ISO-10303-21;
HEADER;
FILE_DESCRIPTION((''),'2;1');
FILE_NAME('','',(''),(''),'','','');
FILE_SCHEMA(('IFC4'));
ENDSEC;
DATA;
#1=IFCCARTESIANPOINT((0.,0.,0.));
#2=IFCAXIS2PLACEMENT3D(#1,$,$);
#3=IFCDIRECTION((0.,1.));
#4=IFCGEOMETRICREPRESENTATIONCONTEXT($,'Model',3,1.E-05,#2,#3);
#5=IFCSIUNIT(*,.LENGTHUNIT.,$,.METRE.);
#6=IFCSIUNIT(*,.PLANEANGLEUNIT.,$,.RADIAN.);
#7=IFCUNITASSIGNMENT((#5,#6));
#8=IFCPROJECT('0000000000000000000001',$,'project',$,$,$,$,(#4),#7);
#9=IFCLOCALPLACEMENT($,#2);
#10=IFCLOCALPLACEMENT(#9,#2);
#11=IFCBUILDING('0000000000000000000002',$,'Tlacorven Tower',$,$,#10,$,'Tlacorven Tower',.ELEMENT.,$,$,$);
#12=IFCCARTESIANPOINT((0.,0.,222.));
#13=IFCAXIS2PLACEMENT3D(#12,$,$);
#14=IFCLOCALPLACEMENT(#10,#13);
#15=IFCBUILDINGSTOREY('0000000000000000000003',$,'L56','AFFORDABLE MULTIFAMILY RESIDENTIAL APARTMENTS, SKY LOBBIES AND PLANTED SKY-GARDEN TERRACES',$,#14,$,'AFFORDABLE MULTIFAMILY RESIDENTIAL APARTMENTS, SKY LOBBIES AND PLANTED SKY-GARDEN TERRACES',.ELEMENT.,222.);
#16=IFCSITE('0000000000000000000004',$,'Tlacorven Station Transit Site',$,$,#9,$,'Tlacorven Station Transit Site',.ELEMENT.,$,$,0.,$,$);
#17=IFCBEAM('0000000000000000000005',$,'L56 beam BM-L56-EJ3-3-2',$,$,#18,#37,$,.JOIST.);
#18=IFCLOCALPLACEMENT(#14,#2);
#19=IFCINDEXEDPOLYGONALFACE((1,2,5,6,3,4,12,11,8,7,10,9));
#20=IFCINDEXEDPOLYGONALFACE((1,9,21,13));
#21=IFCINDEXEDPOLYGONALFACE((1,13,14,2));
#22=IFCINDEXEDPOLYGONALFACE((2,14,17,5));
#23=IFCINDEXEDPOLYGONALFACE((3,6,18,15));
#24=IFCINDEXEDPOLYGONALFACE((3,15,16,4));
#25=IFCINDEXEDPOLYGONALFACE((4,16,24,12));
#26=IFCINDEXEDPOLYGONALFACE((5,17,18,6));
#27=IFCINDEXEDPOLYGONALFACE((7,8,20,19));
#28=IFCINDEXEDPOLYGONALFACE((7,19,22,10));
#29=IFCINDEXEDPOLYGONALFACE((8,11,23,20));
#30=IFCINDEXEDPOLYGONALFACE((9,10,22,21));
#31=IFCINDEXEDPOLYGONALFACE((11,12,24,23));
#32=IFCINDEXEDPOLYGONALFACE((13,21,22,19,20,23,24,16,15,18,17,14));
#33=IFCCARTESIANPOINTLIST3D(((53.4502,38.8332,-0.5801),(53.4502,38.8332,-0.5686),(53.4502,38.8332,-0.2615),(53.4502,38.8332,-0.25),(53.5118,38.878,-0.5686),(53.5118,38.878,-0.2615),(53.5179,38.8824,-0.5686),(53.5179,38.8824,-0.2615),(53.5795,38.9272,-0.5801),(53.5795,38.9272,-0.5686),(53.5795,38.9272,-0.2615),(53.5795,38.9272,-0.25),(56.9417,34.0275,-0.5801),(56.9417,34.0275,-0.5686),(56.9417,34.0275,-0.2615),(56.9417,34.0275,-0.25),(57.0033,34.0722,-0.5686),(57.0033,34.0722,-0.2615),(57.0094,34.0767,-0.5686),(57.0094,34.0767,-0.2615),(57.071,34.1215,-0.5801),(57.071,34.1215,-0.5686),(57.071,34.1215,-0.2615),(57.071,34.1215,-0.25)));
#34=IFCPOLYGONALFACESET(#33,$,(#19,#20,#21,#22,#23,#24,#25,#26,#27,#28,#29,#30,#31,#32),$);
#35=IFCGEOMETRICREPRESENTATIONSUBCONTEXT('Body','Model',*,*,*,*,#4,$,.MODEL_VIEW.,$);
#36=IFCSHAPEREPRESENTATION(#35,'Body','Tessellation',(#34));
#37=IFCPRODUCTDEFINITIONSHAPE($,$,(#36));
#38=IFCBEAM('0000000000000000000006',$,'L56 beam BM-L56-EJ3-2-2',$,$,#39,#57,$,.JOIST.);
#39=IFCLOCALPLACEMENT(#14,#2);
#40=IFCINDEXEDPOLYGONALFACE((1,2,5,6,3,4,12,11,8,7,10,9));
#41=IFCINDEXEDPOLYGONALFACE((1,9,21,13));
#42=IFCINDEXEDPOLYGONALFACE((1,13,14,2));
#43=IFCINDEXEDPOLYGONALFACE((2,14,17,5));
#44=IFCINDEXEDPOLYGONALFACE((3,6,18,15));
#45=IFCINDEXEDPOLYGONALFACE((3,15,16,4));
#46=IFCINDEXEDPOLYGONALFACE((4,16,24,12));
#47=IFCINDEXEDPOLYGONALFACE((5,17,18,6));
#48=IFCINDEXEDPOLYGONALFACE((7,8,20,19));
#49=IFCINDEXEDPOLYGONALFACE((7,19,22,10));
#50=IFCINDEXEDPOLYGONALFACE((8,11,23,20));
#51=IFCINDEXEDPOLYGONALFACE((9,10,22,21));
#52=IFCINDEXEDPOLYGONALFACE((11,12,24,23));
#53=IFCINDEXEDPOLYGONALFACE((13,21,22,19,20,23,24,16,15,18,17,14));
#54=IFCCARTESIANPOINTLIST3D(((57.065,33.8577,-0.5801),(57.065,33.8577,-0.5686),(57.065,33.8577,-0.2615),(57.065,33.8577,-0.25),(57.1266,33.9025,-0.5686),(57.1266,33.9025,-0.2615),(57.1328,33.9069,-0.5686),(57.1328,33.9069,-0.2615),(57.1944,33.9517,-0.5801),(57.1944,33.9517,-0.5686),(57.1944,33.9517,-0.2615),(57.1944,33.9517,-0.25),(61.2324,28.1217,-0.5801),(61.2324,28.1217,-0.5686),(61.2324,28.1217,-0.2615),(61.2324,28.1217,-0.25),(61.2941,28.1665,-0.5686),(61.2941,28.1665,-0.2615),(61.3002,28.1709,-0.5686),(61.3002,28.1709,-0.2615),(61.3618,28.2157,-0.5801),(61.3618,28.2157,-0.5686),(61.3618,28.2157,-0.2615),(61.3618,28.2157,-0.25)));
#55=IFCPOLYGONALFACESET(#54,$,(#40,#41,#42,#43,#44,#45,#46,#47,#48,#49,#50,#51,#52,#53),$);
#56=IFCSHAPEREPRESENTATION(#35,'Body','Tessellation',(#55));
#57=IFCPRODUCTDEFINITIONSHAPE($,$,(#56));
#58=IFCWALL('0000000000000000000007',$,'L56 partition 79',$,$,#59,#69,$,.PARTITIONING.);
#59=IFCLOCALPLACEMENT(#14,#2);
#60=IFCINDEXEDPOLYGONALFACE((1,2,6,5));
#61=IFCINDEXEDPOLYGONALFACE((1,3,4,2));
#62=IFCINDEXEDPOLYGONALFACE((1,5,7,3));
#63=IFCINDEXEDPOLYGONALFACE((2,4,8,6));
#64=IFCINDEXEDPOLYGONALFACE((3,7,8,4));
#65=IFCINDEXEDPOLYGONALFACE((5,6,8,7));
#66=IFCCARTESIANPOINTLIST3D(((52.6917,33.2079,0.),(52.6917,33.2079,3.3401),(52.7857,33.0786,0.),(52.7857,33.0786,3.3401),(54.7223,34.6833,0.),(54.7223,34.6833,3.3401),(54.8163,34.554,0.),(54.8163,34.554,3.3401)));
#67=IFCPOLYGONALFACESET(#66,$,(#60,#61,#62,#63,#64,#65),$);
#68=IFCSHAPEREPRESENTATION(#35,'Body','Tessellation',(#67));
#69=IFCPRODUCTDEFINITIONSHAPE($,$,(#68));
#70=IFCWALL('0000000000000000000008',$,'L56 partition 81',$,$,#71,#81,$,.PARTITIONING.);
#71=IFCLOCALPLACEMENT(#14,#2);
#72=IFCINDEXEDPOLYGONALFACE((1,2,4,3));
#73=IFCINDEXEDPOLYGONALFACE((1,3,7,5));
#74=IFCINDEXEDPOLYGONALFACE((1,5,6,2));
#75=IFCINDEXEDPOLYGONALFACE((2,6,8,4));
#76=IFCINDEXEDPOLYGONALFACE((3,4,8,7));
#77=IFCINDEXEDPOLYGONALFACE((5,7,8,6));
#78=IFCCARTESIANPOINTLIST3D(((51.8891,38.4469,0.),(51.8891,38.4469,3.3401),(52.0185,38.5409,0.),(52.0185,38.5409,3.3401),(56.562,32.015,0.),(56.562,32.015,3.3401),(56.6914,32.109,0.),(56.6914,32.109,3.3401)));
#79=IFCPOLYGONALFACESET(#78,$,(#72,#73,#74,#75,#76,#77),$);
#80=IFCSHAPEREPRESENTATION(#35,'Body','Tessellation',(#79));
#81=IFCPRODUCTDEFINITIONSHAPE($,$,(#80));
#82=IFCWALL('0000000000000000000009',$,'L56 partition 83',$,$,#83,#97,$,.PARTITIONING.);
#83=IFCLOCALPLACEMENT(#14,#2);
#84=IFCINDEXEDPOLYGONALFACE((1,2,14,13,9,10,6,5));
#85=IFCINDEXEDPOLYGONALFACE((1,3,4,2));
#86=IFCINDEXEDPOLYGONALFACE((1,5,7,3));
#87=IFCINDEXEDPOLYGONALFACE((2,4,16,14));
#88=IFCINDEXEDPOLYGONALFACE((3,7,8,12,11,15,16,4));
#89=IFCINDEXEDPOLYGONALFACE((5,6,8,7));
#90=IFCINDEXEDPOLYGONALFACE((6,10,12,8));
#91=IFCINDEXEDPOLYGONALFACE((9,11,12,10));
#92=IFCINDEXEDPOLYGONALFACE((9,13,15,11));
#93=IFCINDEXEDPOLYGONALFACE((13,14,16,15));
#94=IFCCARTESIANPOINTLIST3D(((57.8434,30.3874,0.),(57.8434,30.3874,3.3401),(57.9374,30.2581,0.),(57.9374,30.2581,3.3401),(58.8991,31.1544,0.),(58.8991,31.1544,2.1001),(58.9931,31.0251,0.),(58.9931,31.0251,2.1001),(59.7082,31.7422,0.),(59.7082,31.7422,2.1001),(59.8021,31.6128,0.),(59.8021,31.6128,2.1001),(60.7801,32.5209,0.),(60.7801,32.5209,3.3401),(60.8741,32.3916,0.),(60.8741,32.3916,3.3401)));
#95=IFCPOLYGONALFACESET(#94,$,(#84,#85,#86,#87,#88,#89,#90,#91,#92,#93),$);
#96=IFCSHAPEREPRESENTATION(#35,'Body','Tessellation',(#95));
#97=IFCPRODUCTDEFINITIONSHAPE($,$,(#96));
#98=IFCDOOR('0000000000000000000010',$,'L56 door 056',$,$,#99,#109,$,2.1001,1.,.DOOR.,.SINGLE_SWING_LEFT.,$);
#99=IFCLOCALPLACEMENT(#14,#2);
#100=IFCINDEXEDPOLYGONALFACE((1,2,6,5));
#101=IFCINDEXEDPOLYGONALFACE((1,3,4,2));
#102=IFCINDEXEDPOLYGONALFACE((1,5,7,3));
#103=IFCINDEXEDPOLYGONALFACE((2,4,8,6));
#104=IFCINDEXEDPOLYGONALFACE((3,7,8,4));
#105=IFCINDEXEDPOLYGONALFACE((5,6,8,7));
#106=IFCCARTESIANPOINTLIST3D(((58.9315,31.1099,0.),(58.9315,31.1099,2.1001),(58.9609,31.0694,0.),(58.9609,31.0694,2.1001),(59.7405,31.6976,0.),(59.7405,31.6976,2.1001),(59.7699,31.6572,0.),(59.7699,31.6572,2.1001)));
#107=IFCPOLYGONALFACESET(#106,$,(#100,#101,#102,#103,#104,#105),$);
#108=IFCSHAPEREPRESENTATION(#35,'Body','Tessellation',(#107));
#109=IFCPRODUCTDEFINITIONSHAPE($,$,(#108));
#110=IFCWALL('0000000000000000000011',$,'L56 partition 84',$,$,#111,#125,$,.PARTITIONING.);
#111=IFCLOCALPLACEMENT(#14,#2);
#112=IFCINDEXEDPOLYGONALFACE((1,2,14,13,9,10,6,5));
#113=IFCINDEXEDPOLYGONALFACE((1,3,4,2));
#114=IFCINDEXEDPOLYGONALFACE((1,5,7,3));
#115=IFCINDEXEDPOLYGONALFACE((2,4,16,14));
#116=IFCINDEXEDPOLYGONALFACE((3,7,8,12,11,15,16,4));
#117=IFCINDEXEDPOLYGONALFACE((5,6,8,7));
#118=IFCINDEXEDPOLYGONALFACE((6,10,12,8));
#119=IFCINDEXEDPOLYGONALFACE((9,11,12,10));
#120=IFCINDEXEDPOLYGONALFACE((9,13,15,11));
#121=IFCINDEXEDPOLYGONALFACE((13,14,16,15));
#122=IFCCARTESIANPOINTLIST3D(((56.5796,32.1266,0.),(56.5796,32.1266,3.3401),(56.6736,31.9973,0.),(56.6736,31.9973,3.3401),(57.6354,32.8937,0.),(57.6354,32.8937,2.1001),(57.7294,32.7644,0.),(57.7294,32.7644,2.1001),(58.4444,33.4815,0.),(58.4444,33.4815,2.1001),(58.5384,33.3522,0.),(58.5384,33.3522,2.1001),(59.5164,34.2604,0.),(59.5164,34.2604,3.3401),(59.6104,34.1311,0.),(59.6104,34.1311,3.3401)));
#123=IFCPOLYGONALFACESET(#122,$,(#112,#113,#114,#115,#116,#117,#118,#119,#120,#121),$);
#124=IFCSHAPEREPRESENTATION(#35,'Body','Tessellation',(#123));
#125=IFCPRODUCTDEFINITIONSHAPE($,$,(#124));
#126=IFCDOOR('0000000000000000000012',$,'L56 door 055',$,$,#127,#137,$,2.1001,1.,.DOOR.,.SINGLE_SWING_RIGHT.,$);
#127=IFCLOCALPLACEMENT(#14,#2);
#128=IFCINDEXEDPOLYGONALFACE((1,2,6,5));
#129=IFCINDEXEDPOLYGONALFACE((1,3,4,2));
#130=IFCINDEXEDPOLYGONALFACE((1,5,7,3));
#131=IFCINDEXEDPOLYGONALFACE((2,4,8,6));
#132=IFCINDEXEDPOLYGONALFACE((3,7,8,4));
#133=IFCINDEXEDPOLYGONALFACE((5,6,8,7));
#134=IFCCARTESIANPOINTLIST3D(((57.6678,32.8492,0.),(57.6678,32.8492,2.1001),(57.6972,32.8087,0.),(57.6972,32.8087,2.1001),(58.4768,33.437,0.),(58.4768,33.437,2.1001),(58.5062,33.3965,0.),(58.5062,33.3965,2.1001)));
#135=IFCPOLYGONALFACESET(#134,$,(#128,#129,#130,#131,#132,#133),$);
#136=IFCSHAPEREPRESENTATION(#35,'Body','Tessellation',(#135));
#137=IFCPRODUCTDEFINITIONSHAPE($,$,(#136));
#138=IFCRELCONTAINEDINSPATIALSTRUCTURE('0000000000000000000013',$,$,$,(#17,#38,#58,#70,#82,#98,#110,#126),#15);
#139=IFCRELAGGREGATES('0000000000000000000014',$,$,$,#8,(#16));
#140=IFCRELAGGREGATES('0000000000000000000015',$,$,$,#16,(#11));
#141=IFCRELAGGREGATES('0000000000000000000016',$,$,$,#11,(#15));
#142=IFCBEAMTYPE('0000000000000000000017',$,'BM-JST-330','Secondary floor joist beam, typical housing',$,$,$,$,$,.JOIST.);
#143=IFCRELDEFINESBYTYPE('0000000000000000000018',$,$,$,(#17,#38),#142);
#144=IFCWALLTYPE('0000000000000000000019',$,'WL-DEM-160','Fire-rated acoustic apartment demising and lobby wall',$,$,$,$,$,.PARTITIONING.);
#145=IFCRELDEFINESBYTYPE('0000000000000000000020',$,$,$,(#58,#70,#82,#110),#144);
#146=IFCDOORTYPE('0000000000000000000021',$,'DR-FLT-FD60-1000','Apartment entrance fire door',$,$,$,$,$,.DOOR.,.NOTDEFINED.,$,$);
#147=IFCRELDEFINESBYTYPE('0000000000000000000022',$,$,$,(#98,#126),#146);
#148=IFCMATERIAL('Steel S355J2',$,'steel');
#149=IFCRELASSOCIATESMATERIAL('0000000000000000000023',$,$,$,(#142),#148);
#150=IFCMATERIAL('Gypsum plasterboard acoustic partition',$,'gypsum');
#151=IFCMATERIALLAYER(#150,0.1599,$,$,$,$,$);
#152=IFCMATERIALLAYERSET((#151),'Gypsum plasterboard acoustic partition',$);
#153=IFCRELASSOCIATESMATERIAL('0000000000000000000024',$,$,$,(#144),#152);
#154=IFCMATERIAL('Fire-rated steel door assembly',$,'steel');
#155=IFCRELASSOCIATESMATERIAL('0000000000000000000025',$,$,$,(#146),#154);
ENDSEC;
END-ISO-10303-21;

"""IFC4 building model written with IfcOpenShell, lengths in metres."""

from ifc_helpers import new_model, si_unit, direction, frame, frame_2d, origin, origin_2d, place, context, subcontext, project, spatial, rectangle, i_section, extrude, source, transform, mapped, material, layer, layer_set, material_profile, profile_set, type_object, element, fill, save


model = new_model("IFC4")

# Units and contexts
model_context = context("Model", 3, precision=1e-05, world=origin(), true_north=direction((0.0, 1.0)))
body_context = subcontext(model_context, "Body", "Model", "MODEL_VIEW")
ifc_project = project(units=[si_unit("LENGTHUNIT", "METRE"), si_unit("PLANEANGLEUNIT", "RADIAN")], contexts=[model_context])

# Site, building, storey
site_placement = place(None, origin())
site = spatial("IfcSite", under=ifc_project, at=site_placement, Name="Tlacorven Station Transit Site", LongName="Tlacorven Station Transit Site", CompositionType="ELEMENT", RefElevation=0.0)
building_placement = place(site_placement, origin())
building = spatial("IfcBuilding", under=site, at=building_placement, Name="Tlacorven Tower", LongName="Tlacorven Tower", CompositionType="ELEMENT")
storey_placement = place(building_placement, frame((0.0, 0.0, 222.0)))
storey = spatial("IfcBuildingStorey", under=building, at=storey_placement, Name="L56", Description="AFFORDABLE MULTIFAMILY RESIDENTIAL APARTMENTS, SKY LOBBIES AND PLANTED SKY-GARDEN TERRACES", LongName="AFFORDABLE MULTIFAMILY RESIDENTIAL APARTMENTS, SKY LOBBIES AND PLANTED SKY-GARDEN TERRACES", CompositionType="ELEMENT", Elevation=222.0)

# Beams
ifc_material_1 = material(Name="Steel S355J2", Category="steel")
ifc_material_profile_1 = material_profile(ifc_material_1, i_section(OverallWidth=0.1599, OverallDepth=0.3301, WebThickness=0.0076, FlangeThickness=0.0115, at=origin_2d()), Name="IPE 330")
ifc_profile_set_1 = profile_set([ifc_material_profile_1], Name="Steel S355J2")
beam_type_1 = type_object("IfcBeamType", Name="BM-JST-330", Description="Secondary floor joist beam, typical housing", PredefinedType="JOIST", material=ifc_profile_set_1)
shared_shape_1 = source(origin(), body_context, "Body", "SweptSolid", [
    extrude(i_section(OverallWidth=0.1599, OverallDepth=0.3301, WebThickness=0.0076, FlangeThickness=0.0115, at=origin_2d()), origin(), (0.0, 0.0, 1.0), 5.9402),
])
for number, where, z_axis, x_axis, name in (
    (1, (57.0063, 34.0745, -0.415), (-0.587778, 0.809022, 0.0), (-0.809022, -0.587778, 0.0), "L56 beam BM-L56-EJ3-3-2"),
):
    element("IfcBeam", number, at=place(storey_placement, frame(where, z_axis=z_axis, x_axis=x_axis)), inside=storey, type_object=beam_type_1, Name=name, PredefinedType="JOIST", context=body_context, shape_type="MappedRepresentation", body=[
        mapped(shared_shape_1, transform((0.0, 0.0, 0.0), scale=1.0)),
    ])
shared_shape_2 = source(origin(), body_context, "Body", "SweptSolid", [
    extrude(i_section(OverallWidth=0.1599, OverallDepth=0.3301, WebThickness=0.0076, FlangeThickness=0.0115, at=origin_2d()), origin(), (0.0, 0.0, 1.0), 7.0901),
])
beam_1_placement = place(storey_placement, frame((61.2971, 28.1687, -0.415), z_axis=(-0.587783, 0.809019, 0.0), x_axis=(-0.809019, -0.587783, 0.0)))
element("IfcBeam", 2, at=beam_1_placement, inside=storey, type_object=beam_type_1, Name="L56 beam BM-L56-EJ3-2-2", PredefinedType="JOIST", context=body_context, shape_type="MappedRepresentation", body=[
    mapped(shared_shape_2, transform((0.0, 0.0, 0.0), scale=1.0)),
])

# Walls
ifc_material_2 = material(Name="Gypsum plasterboard acoustic partition", Category="gypsum")
ifc_layer_1 = layer(ifc_material_2, 0.1599)
ifc_layer_set_1 = layer_set([ifc_layer_1], Name="Gypsum plasterboard acoustic partition")
wall_type_1 = type_object("IfcWallType", Name="WL-DEM-160", Description="Fire-rated acoustic apartment demising and lobby wall", PredefinedType="PARTITIONING", material=ifc_layer_set_1)
wall_1_placement = place(storey_placement, frame((52.7388, 33.1433, 0.0), z_axis=(0.0, 0.0, 1.0), x_axis=(0.809001, 0.587807, 0.0)))
element("IfcWall", 3, at=wall_1_placement, inside=storey, type_object=wall_type_1, Name="L56 partition 79", PredefinedType="PARTITIONING", context=body_context, shape_type="SweptSolid", body=[
    extrude(rectangle(XDim=2.51, YDim=0.1599, at=frame_2d((1.2549, 0.0))), origin(), (0.0, 0.0, 1.0), 3.3401),
])
wall_2_placement = place(storey_placement, frame((56.6267, 32.062, 0.0), z_axis=(0.0, 0.0, 1.0), x_axis=(-0.58777, 0.809028, 0.0)))
element("IfcWall", 4, at=wall_2_placement, inside=storey, type_object=wall_type_1, Name="L56 partition 81", PredefinedType="PARTITIONING", context=body_context, shape_type="SweptSolid", body=[
    extrude(rectangle(XDim=7.9502, YDim=0.1599, at=frame_2d((3.9751, 0.0))), origin(), (0.0, 0.0, 1.0), 3.3401),
])

# Walls, openings, doors
wall_3_placement = place(storey_placement, frame((57.8904, 30.3228, 0.0), z_axis=(0.0, 0.0, 1.0), x_axis=(0.809036, 0.58776, 0.0)))
wall_3 = element("IfcWall", 5, at=wall_3_placement, inside=storey, type_object=wall_type_1, Name="L56 partition 83", PredefinedType="PARTITIONING", context=body_context, shape_type="SweptSolid", body=[
    extrude(rectangle(XDim=3.6299, YDim=0.1599, at=frame_2d((1.8149, 0.0))), origin(), (0.0, 0.0, 1.0), 3.3401),
])
opening_1_placement = place(wall_3_placement, frame((1.3049, 0.0, 0.0)))
opening_1 = element("IfcOpeningElement", 6, at=opening_1_placement, cuts=wall_3, PredefinedType="OPENING", context=body_context, shape_type="SweptSolid", body=[
    extrude(rectangle(XDim=1.0, YDim=2.1001, at=frame_2d((0.5, 1.05))), frame((0.0, 0.0898, 0.0), z_axis=(0.0, -1.0, 0.0), x_axis=(1.0, 0.0, 0.0)), (0.0, 0.0, 1.0), 0.1799),
])
ifc_material_3 = material(Name="Fire-rated steel door assembly", Category="steel")
door_type = type_object("IfcDoorType", Name="DR-FLT-FD60-1000", Description="Apartment entrance fire door", OperationType="NOTDEFINED", PredefinedType="DOOR", material=ifc_material_3)
shared_shape_3 = source(origin(), body_context, "Body", "SweptSolid", [
    extrude(rectangle(XDim=1.0, YDim=2.1001, at=frame_2d((0.5, 1.05))), frame((0.0, 0.0249, 0.0), z_axis=(0.0, -1.0, 0.0), x_axis=(1.0, 0.0, 0.0)), (0.0, 0.0, 1.0), 0.05),
])
door_1_placement = place(opening_1_placement, origin())
door_1 = element("IfcDoor", 7, at=door_1_placement, inside=storey, type_object=door_type, Name="L56 door 056", OperationType="SINGLE_SWING_LEFT", OverallHeight=2.1001, OverallWidth=1.0, PredefinedType="DOOR", context=body_context, shape_type="MappedRepresentation", body=[
    mapped(shared_shape_3, transform((0.0, 0.0, 0.0), scale=1.0)),
])
fill(opening_1, door_1)
wall_4_placement = place(storey_placement, frame((56.6267, 32.062, 0.0), z_axis=(0.0, 0.0, 1.0), x_axis=(0.809004, 0.587804, 0.0)))
wall_4 = element("IfcWall", 8, at=wall_4_placement, inside=storey, type_object=wall_type_1, Name="L56 partition 84", PredefinedType="PARTITIONING", context=body_context, shape_type="SweptSolid", body=[
    extrude(rectangle(XDim=3.6301, YDim=0.1599, at=frame_2d((1.8149, 0.0))), origin(), (0.0, 0.0, 1.0), 3.3401),
])
opening_2_placement = place(wall_4_placement, frame((1.3049, 0.0, 0.0)))
opening_2 = element("IfcOpeningElement", 9, at=opening_2_placement, cuts=wall_4, PredefinedType="OPENING", context=body_context, shape_type="SweptSolid", body=[
    extrude(rectangle(XDim=1.0, YDim=2.1001, at=frame_2d((0.5, 1.05))), frame((0.0, 0.0898, 0.0), z_axis=(0.0, -1.0, 0.0), x_axis=(1.0, 0.0, 0.0)), (0.0, 0.0, 1.0), 0.1799),
])
door_2_placement = place(opening_2_placement, origin())
door_2 = element("IfcDoor", 10, at=door_2_placement, inside=storey, type_object=door_type, Name="L56 door 055", OperationType="SINGLE_SWING_RIGHT", OverallHeight=2.1001, OverallWidth=1.0, PredefinedType="DOOR", context=body_context, shape_type="MappedRepresentation", body=[
    mapped(shared_shape_3, transform((0.0, 0.0, 0.0), scale=1.0)),
])
fill(opening_2, door_2)

save(model, "model.ifc")
